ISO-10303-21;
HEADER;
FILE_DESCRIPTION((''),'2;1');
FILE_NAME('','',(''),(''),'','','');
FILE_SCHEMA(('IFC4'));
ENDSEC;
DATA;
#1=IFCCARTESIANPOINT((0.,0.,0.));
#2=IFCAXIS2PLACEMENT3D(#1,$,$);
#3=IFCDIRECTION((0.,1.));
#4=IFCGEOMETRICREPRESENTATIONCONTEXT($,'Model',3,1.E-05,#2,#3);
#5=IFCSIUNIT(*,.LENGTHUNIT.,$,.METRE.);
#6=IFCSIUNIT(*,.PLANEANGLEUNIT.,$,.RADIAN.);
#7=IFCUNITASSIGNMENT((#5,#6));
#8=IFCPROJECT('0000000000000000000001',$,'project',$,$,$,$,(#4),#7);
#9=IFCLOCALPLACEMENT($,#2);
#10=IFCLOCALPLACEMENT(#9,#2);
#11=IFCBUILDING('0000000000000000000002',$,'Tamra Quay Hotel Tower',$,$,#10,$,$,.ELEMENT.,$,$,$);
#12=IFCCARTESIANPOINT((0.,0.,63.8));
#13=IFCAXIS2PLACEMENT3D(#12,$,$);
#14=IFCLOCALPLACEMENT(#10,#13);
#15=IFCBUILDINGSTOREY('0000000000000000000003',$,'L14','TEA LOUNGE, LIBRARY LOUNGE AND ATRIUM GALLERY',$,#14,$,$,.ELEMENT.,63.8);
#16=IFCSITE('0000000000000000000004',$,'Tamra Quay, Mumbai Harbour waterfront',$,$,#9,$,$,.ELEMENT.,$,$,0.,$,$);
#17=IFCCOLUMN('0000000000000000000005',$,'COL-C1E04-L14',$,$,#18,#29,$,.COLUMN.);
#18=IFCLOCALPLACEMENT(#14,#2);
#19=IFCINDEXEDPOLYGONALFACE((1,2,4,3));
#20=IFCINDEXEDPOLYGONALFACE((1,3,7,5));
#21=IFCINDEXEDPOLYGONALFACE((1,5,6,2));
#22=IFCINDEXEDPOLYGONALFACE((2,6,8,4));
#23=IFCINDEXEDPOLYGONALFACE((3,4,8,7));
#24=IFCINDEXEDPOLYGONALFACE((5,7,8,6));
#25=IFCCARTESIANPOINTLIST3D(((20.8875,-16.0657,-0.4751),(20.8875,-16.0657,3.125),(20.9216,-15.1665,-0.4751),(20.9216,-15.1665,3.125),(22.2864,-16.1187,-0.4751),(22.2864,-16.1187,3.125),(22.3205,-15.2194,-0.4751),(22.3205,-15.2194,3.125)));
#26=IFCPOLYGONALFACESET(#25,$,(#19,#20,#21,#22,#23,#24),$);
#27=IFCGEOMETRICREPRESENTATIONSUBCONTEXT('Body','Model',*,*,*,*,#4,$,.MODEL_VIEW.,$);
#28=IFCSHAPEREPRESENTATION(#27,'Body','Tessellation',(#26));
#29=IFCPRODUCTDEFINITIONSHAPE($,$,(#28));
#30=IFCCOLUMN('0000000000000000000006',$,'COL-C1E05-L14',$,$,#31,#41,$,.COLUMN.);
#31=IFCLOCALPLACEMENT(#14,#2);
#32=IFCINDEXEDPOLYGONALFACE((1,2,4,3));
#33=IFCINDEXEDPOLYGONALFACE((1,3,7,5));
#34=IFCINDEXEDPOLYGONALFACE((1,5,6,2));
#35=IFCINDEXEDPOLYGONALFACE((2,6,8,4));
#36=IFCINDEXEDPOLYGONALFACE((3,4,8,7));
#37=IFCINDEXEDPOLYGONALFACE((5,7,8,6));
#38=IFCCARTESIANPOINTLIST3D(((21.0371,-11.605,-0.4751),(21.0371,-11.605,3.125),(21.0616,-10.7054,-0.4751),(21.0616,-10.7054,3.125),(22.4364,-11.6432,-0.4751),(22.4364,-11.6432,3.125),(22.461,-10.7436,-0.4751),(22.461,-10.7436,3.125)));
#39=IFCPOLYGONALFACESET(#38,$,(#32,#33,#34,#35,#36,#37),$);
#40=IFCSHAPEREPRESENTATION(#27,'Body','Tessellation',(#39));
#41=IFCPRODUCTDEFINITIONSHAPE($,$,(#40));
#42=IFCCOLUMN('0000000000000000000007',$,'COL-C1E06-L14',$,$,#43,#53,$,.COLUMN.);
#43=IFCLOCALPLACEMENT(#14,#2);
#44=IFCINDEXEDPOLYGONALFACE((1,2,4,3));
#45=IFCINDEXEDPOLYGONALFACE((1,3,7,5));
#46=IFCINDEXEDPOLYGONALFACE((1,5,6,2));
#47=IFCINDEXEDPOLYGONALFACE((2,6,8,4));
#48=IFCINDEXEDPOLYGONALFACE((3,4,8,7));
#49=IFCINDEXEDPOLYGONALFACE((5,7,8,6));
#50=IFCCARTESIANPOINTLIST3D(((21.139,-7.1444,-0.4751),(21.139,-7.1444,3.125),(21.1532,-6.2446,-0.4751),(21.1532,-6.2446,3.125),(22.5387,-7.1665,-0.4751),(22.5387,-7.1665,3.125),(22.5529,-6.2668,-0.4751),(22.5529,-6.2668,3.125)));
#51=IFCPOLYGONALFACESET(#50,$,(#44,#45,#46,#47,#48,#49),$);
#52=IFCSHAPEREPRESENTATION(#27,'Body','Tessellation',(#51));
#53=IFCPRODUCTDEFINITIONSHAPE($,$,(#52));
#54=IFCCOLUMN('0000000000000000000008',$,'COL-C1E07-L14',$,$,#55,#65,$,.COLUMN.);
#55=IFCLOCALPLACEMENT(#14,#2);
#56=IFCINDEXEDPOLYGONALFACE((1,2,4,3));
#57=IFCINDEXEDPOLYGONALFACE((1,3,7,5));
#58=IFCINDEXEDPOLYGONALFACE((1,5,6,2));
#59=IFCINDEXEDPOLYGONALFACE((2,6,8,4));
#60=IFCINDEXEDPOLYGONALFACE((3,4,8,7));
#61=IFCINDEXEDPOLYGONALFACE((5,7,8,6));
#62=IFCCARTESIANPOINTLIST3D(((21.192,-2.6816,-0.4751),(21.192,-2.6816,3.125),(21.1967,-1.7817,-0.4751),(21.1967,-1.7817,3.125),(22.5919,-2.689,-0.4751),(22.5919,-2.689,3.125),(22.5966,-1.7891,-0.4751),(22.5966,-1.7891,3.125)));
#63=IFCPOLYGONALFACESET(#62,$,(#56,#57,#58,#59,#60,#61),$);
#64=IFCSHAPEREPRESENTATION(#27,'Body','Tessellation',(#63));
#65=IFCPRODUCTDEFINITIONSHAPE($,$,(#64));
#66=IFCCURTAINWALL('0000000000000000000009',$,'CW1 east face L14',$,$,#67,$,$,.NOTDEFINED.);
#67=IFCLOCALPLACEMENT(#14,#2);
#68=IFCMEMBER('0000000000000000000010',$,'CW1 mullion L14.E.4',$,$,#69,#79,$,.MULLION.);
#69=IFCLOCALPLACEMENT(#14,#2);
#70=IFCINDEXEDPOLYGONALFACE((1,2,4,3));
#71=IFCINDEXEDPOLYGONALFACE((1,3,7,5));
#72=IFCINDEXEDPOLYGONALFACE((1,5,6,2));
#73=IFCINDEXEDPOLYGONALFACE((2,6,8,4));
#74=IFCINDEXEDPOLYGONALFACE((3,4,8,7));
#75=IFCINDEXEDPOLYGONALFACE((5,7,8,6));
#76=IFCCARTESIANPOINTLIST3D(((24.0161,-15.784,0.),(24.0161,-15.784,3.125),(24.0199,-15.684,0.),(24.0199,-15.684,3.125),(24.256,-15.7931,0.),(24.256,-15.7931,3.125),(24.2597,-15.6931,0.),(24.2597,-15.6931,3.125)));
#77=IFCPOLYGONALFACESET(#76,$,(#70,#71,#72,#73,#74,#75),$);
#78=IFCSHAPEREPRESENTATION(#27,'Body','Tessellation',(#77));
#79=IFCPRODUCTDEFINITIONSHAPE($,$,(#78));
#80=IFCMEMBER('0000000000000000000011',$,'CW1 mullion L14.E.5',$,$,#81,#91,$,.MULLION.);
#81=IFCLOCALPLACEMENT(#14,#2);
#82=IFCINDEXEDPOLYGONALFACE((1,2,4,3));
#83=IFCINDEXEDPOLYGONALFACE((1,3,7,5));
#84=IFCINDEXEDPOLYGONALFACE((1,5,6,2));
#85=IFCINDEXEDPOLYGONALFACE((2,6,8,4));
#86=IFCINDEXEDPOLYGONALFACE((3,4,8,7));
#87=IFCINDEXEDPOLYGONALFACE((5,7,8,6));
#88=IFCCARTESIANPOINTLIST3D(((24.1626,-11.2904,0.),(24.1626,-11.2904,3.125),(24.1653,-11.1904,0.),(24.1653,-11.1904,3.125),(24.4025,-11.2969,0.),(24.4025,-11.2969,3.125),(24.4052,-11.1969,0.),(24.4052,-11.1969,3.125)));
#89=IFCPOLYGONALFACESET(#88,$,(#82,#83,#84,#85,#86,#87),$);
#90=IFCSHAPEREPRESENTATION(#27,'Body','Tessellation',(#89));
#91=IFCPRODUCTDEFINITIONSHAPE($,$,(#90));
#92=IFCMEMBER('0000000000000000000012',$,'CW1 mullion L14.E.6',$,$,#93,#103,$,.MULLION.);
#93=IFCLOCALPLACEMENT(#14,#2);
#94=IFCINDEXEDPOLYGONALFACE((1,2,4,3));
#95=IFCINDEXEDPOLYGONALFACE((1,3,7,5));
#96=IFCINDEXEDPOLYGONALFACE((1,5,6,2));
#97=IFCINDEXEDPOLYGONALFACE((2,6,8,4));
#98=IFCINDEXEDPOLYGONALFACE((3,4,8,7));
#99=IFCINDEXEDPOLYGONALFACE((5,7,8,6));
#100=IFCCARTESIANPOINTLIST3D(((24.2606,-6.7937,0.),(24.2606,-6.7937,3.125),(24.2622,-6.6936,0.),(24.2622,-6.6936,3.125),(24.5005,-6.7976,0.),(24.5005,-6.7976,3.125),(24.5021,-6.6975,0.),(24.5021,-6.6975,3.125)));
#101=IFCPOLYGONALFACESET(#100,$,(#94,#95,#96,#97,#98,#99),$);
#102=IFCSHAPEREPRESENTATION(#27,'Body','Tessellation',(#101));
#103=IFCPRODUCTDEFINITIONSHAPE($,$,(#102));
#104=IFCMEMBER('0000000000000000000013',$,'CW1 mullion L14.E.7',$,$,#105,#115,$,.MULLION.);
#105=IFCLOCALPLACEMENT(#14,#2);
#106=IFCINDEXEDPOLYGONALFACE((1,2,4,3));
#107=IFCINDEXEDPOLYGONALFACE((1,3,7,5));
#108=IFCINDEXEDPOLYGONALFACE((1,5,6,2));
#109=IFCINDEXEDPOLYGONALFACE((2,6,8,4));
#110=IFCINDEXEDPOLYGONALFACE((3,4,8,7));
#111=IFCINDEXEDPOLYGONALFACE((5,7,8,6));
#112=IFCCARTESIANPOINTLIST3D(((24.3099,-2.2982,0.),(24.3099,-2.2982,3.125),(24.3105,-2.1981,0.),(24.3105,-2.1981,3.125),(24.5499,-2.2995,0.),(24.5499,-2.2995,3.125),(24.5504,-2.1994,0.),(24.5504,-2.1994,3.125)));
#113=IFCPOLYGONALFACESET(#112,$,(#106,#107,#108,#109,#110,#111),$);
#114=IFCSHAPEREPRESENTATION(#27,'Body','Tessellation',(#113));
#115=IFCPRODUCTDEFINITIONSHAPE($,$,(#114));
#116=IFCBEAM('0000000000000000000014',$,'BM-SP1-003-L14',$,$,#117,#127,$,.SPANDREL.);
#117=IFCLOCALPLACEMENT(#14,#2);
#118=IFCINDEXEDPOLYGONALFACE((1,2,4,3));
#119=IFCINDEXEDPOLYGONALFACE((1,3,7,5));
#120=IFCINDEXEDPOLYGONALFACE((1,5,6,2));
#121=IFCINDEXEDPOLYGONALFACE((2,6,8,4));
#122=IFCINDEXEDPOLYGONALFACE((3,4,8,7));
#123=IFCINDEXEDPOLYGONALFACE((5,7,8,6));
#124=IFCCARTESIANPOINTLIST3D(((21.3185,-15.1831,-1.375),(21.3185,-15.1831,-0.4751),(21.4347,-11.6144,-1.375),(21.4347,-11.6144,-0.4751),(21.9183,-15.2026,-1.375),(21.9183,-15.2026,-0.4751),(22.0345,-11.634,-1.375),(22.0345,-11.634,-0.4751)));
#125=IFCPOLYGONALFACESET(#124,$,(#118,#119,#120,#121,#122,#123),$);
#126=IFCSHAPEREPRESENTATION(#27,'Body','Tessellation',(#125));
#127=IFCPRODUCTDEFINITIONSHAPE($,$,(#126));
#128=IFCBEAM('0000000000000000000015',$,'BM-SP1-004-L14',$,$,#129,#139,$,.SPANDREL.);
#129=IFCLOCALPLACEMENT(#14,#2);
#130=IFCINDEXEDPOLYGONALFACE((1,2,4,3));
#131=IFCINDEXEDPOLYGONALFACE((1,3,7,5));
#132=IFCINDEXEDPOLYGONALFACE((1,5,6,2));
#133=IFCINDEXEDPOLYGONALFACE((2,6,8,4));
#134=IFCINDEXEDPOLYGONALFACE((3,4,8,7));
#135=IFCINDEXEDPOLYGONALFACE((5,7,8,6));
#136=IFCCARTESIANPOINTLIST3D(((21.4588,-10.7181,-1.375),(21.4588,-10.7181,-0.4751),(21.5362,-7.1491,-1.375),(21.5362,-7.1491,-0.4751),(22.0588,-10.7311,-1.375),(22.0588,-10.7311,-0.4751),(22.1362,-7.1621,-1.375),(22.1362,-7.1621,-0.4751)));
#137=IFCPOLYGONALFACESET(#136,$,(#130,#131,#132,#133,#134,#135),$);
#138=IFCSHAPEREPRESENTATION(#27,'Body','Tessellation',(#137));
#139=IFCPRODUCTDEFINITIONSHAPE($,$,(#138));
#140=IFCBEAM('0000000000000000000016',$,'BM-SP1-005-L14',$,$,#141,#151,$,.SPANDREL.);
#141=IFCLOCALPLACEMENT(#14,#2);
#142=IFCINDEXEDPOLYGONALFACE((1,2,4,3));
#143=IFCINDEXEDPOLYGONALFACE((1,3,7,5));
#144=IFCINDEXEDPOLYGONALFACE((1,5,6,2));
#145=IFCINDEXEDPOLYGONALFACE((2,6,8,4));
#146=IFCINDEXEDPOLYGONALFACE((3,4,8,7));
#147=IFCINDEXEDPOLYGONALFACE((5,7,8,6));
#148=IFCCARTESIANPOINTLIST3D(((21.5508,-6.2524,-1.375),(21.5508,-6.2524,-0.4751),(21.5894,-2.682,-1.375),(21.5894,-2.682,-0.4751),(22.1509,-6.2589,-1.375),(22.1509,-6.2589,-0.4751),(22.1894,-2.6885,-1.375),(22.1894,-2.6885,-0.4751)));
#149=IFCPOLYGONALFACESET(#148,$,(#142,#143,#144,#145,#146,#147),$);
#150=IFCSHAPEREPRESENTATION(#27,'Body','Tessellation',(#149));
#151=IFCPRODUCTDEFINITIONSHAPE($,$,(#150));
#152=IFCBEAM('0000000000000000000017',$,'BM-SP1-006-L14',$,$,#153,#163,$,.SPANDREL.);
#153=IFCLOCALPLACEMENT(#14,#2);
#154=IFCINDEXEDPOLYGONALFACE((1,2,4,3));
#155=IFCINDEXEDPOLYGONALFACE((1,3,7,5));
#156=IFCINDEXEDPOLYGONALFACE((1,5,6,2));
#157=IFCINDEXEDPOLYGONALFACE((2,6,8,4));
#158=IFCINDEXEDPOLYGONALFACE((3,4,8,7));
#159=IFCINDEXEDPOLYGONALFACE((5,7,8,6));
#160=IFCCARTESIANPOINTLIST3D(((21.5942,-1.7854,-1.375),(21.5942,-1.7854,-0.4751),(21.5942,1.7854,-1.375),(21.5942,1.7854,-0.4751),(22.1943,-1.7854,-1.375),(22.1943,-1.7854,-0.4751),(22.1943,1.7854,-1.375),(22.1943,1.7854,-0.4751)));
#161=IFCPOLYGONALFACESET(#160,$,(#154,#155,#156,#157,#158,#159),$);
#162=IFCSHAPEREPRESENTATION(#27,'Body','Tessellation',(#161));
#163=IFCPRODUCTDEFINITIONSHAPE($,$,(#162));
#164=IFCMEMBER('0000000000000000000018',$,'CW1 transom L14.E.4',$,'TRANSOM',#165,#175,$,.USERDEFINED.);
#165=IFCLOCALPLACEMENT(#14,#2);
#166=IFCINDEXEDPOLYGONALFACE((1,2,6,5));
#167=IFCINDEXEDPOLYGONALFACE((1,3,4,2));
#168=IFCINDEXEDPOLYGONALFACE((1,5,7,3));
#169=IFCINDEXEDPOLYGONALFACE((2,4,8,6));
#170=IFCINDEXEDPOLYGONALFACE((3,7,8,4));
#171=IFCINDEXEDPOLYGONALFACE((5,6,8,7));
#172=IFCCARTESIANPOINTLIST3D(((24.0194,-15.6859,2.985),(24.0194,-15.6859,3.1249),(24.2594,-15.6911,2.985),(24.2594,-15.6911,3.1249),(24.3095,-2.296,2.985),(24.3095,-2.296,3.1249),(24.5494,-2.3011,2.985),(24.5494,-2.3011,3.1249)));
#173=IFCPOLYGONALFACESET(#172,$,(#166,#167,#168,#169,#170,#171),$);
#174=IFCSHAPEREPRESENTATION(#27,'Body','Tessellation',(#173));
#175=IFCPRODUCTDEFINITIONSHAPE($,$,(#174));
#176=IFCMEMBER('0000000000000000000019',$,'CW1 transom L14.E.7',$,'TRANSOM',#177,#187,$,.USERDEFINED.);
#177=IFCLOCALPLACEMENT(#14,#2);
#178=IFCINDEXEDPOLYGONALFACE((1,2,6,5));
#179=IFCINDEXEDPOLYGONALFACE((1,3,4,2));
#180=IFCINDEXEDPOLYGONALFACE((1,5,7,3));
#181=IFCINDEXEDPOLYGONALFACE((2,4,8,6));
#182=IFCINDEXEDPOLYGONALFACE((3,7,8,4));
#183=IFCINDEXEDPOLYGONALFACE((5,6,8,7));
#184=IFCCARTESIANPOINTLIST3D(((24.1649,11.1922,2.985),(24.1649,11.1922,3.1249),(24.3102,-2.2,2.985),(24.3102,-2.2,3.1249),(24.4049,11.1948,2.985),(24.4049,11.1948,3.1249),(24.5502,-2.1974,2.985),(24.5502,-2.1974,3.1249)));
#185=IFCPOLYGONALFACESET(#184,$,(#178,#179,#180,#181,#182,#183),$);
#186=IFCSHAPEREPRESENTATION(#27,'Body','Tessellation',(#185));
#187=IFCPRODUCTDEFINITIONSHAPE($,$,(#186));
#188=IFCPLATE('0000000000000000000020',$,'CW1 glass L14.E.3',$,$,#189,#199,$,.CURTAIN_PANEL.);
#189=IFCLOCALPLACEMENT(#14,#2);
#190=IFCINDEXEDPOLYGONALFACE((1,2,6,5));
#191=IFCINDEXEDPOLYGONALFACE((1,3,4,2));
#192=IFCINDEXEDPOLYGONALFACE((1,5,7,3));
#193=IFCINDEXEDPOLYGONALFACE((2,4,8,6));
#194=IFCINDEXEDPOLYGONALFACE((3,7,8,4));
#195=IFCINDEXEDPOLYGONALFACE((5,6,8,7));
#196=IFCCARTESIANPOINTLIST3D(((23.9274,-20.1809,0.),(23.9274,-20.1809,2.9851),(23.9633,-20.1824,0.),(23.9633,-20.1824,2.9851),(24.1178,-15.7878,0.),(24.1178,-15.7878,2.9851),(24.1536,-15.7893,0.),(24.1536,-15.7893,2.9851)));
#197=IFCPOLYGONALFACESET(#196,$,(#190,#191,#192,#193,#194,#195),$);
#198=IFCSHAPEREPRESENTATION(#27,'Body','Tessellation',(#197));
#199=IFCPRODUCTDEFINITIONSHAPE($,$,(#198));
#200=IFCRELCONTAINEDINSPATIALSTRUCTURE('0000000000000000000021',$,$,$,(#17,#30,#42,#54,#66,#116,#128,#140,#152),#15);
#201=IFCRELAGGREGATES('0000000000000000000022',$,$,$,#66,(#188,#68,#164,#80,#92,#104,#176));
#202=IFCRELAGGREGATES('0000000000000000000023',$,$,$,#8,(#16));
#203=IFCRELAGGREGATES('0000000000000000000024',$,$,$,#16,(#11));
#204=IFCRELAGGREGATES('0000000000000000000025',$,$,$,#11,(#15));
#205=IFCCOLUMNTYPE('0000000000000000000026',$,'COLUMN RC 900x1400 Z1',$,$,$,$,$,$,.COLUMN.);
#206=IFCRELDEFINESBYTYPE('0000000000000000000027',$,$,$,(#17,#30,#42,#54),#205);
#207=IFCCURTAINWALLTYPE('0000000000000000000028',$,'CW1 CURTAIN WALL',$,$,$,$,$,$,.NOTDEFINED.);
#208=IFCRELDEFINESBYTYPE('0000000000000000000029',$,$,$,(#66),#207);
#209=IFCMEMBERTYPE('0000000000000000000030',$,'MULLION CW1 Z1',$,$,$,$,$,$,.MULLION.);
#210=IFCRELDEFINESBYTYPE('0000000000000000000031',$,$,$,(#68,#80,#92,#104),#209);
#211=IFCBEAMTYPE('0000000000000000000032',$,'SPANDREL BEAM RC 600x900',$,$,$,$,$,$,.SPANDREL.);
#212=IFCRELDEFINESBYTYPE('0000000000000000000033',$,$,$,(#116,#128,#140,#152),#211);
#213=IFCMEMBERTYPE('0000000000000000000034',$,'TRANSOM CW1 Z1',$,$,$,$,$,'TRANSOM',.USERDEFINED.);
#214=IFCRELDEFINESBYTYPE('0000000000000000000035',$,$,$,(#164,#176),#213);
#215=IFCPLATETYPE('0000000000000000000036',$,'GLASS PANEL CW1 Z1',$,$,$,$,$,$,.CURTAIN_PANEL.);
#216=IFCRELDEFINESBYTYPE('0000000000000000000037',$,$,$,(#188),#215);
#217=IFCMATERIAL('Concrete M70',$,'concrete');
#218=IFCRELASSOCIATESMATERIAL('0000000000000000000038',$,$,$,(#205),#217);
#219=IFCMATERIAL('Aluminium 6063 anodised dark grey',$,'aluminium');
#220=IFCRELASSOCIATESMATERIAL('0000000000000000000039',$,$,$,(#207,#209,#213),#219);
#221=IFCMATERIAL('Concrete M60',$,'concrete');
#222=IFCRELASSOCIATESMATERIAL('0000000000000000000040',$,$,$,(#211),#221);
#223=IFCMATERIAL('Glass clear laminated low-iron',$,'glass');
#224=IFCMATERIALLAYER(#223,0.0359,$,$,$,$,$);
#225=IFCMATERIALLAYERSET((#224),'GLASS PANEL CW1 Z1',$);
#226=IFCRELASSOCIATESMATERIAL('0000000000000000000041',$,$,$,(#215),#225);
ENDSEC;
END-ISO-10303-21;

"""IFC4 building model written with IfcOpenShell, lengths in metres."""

from ifc_helpers import new_model, si_unit, direction, frame, origin, origin_2d, place, context, subcontext, project, spatial, rectangle, extrude, material, layer, layer_set, material_profile, profile_set, type_object, element, aggregate, save


model = new_model("IFC4")

# Units and contexts
model_context = context("Model", 3, precision=1e-05, world=origin(), true_north=direction((0.0, 1.0)))
body_context = subcontext(model_context, "Body", "Model", "MODEL_VIEW")
ifc_project = project(units=[si_unit("LENGTHUNIT", "METRE"), si_unit("PLANEANGLEUNIT", "RADIAN")], contexts=[model_context])

# Site, building, storey
site_placement = place(None, origin())
site = spatial("IfcSite", under=ifc_project, at=site_placement, Name="Tamra Quay, Mumbai Harbour waterfront", CompositionType="ELEMENT", RefElevation=0.0)
building_placement = place(site_placement, origin())
building = spatial("IfcBuilding", under=site, at=building_placement, Name="Tamra Quay Hotel Tower", CompositionType="ELEMENT")
storey_placement = place(building_placement, frame((0.0, 0.0, 63.8)))
storey = spatial("IfcBuildingStorey", under=building, at=storey_placement, Name="L14", Description="TEA LOUNGE, LIBRARY LOUNGE AND ATRIUM GALLERY", CompositionType="ELEMENT", Elevation=63.8)

# Columns
ifc_material_1 = material(Name="Concrete M70", Category="concrete")
ifc_material_profile_1 = material_profile(ifc_material_1, rectangle(XDim=1.3999, YDim=0.8999, at=origin_2d()), Name="COLUMN RC 900x1400 Z1")
ifc_profile_set_1 = profile_set([ifc_material_profile_1], Name="Concrete M70")
column_type = type_object("IfcColumnType", Name="COLUMN RC 900x1400 Z1", PredefinedType="COLUMN", material=ifc_profile_set_1)
for number, where, z_axis, x_axis, name in (
    (1, (21.604, -15.6426, -0.4751), (0.0, 0.0, 1.0), (-0.999285, 0.037812, 0.0), "COL-C1E04-L14"),
    (2, (21.749, -11.1743, -0.4751), (0.0, 0.0, 1.0), (-0.999628, 0.027269, 0.0), "COL-C1E05-L14"),
    (3, (21.8459, -6.7056, -0.4751), (0.0, 0.0, 1.0), (-0.999875, 0.015838, 0.0), "COL-C1E06-L14"),
    (4, (21.8943, -2.2354, -0.4751), (0.0, 0.0, 1.0), (-0.999986, 0.00528, 0.0), "COL-C1E07-L14"),
):
    element("IfcColumn", number, at=place(storey_placement, frame(where, z_axis=z_axis, x_axis=x_axis)), inside=storey, type_object=column_type, Name=name, PredefinedType="COLUMN", context=body_context, shape_type="SweptSolid", body=[
        extrude(rectangle(XDim=1.3999, YDim=0.8999, at=origin_2d()), origin(), (0.0, 0.0, 1.0), 3.6001),
    ])

# Curtain wall, members
ifc_material_2 = material(Name="Aluminium 6063 anodised dark grey", Category="aluminium")
curtain_wall_type = type_object("IfcCurtainWallType", Name="CW1 CURTAIN WALL", PredefinedType="NOTDEFINED", material=ifc_material_2)
curtain_wall_placement = place(storey_placement, origin())
curtain_wall = element("IfcCurtainWall", 5, at=curtain_wall_placement, inside=storey, type_object=curtain_wall_type, Name="CW1 east face L14", PredefinedType="NOTDEFINED")
ifc_material_profile_2 = material_profile(ifc_material_2, rectangle(XDim=0.24, YDim=0.1001, at=origin_2d()), Name="MULLION 100X240")
ifc_profile_set_2 = profile_set([ifc_material_profile_2], Name="Aluminium 6063 anodised dark grey")
member_type_1 = type_object("IfcMemberType", Name="MULLION CW1 Z1", PredefinedType="MULLION", material=ifc_profile_set_2)
member_1_placement = place(storey_placement, frame((24.1379, -15.7385, 0.0), z_axis=(0.0, 0.0, 1.0), x_axis=(0.999282, -0.037881, 0.0)))
member_1 = element("IfcMember", 6, at=member_1_placement, type_object=member_type_1, Name="CW1 mullion L14.E.4", PredefinedType="MULLION", context=body_context, shape_type="SweptSolid", body=[
    extrude(rectangle(XDim=0.24, YDim=0.1001, at=origin_2d()), origin(), (0.0, 0.0, 1.0), 3.125),
])
member_2_placement = place(storey_placement, frame((24.2839, -11.2437, 0.0), z_axis=(0.0, 0.0, 1.0), x_axis=(0.999634, -0.027067, 0.0)))
member_2 = element("IfcMember", 7, at=member_2_placement, type_object=member_type_1, Name="CW1 mullion L14.E.5", PredefinedType="MULLION", context=body_context, shape_type="SweptSolid", body=[
    extrude(rectangle(XDim=0.24, YDim=0.1001, at=origin_2d()), origin(), (0.0, 0.0, 1.0), 3.125),
])
member_3_placement = place(storey_placement, frame((24.3813, -6.7456, 0.0), z_axis=(0.0, 0.0, 1.0), x_axis=(0.999868, -0.016247, 0.0)))
member_3 = element("IfcMember", 8, at=member_3_placement, type_object=member_type_1, Name="CW1 mullion L14.E.6", PredefinedType="MULLION", context=body_context, shape_type="SweptSolid", body=[
    extrude(rectangle(XDim=0.24, YDim=0.1001, at=origin_2d()), origin(), (0.0, 0.0, 1.0), 3.125),
])
member_4_placement = place(storey_placement, frame((24.4302, -2.2488, 0.0), z_axis=(0.0, 0.0, 1.0), x_axis=(0.999985, -0.005418, 0.0)))
member_4 = element("IfcMember", 9, at=member_4_placement, type_object=member_type_1, Name="CW1 mullion L14.E.7", PredefinedType="MULLION", context=body_context, shape_type="SweptSolid", body=[
    extrude(rectangle(XDim=0.24, YDim=0.1001, at=origin_2d()), origin(), (0.0, 0.0, 1.0), 3.125),
])

# Beams
ifc_material_3 = material(Name="Concrete M60", Category="concrete")
ifc_material_profile_3 = material_profile(ifc_material_3, rectangle(XDim=0.6001, YDim=0.8999, at=origin_2d()), Name="SPANDREL BEAM RC 600x900")
ifc_profile_set_3 = profile_set([ifc_material_profile_3], Name="Concrete M60")
beam_type = type_object("IfcBeamType", Name="SPANDREL BEAM RC 600x900", PredefinedType="SPANDREL", material=ifc_profile_set_3)
beam_1_placement = place(storey_placement, frame((21.6184, -15.1929, -0.925), z_axis=(0.032548, 0.99947, 0.0), x_axis=(-0.99947, 0.032548, 0.0)))
element("IfcBeam", 10, at=beam_1_placement, inside=storey, type_object=beam_type, Name="BM-SP1-003-L14", PredefinedType="SPANDREL", context=body_context, shape_type="SweptSolid", body=[
    extrude(rectangle(XDim=0.6001, YDim=0.8999, at=origin_2d()), origin(), (0.0, 0.0, 1.0), 3.5706),
])
beam_2_placement = place(storey_placement, frame((21.7588, -10.7246, -0.925), z_axis=(0.021679, 0.999765, 0.0), x_axis=(-0.999765, 0.021679, 0.0)))
element("IfcBeam", 11, at=beam_2_placement, inside=storey, type_object=beam_type, Name="BM-SP1-004-L14", PredefinedType="SPANDREL", context=body_context, shape_type="SweptSolid", body=[
    extrude(rectangle(XDim=0.6001, YDim=0.8999, at=origin_2d()), origin(), (0.0, 0.0, 1.0), 3.5698),
])
beam_3_placement = place(storey_placement, frame((21.8508, -6.2556, -0.925), z_axis=(0.010804, 0.999942, 0.0), x_axis=(-0.999942, 0.010804, 0.0)))
element("IfcBeam", 12, at=beam_3_placement, inside=storey, type_object=beam_type, Name="BM-SP1-005-L14", PredefinedType="SPANDREL", context=body_context, shape_type="SweptSolid", body=[
    extrude(rectangle(XDim=0.6001, YDim=0.8999, at=origin_2d()), origin(), (0.0, 0.0, 1.0), 3.5706),
])
beam_4_placement = place(storey_placement, frame((21.8943, -1.7854, -0.925), z_axis=(0.0, 1.0, 0.0), x_axis=(-1.0, 0.0, 0.0)))
element("IfcBeam", 13, at=beam_4_placement, inside=storey, type_object=beam_type, Name="BM-SP1-006-L14", PredefinedType="SPANDREL", context=body_context, shape_type="SweptSolid", body=[
    extrude(rectangle(XDim=0.6001, YDim=0.8999, at=origin_2d()), origin(), (0.0, 0.0, 1.0), 3.5708),
])

# Members
ifc_material_profile_4 = material_profile(ifc_material_2, rectangle(XDim=0.24, YDim=0.1399, at=origin_2d()), Name="TRANSOM 240X140")
ifc_profile_set_4 = profile_set([ifc_material_profile_4], Name="Aluminium 6063 anodised dark grey")
member_type_2 = type_object("IfcMemberType", Name="TRANSOM CW1 Z1", ElementType="TRANSOM", PredefinedType="USERDEFINED", material=ifc_profile_set_4)
member_5_placement = place(storey_placement, frame((24.1394, -15.6885, 3.0549), z_axis=(0.021656, 0.999765, 0.0), x_axis=(-0.999765, 0.021656, 0.0)))
member_5 = element("IfcMember", 14, at=member_5_placement, type_object=member_type_2, Name="CW1 transom L14.E.4", ObjectType="TRANSOM", PredefinedType="USERDEFINED", context=body_context, shape_type="SweptSolid", body=[
    extrude(rectangle(XDim=0.24, YDim=0.1399, at=origin_2d()), origin(), (0.0, 0.0, 1.0), 13.3931),
])
member_6_placement = place(storey_placement, frame((24.4302, -2.1987, 3.0549), z_axis=(-0.010846, 0.999941, 0.0), x_axis=(-0.999941, -0.010846, 0.0)))
member_6 = element("IfcMember", 15, at=member_6_placement, type_object=member_type_2, Name="CW1 transom L14.E.7", ObjectType="TRANSOM", PredefinedType="USERDEFINED", context=body_context, shape_type="SweptSolid", body=[
    extrude(rectangle(XDim=0.24, YDim=0.1399, at=origin_2d()), origin(), (0.0, 0.0, 1.0), 13.3931),
])

# Plate
ifc_material_4 = material(Name="Glass clear laminated low-iron", Category="glass")
ifc_layer_1 = layer(ifc_material_4, 0.0359)
ifc_layer_set_1 = layer_set([ifc_layer_1], Name="GLASS PANEL CW1 Z1")
plate_type = type_object("IfcPlateType", Name="GLASS PANEL CW1 Z1", PredefinedType="CURTAIN_PANEL", material=ifc_layer_set_1)
plate_1_placement = place(storey_placement, frame((24.0405, -17.9851, 0.0), z_axis=(0.0, 0.0, 1.0), x_axis=(0.043285, 0.999063, 0.0)))
plate_1 = element("IfcPlate", 16, at=plate_1_placement, type_object=plate_type, Name="CW1 glass L14.E.3", PredefinedType="CURTAIN_PANEL", context=body_context, shape_type="SweptSolid", body=[
    extrude(rectangle(XDim=4.3972, YDim=0.0359, at=origin_2d()), origin(), (0.0, 0.0, 1.0), 2.9851),
])
aggregate(curtain_wall, [plate_1, member_1, member_5, member_2, member_3, member_4, member_6])

save(model, "model.ifc")
